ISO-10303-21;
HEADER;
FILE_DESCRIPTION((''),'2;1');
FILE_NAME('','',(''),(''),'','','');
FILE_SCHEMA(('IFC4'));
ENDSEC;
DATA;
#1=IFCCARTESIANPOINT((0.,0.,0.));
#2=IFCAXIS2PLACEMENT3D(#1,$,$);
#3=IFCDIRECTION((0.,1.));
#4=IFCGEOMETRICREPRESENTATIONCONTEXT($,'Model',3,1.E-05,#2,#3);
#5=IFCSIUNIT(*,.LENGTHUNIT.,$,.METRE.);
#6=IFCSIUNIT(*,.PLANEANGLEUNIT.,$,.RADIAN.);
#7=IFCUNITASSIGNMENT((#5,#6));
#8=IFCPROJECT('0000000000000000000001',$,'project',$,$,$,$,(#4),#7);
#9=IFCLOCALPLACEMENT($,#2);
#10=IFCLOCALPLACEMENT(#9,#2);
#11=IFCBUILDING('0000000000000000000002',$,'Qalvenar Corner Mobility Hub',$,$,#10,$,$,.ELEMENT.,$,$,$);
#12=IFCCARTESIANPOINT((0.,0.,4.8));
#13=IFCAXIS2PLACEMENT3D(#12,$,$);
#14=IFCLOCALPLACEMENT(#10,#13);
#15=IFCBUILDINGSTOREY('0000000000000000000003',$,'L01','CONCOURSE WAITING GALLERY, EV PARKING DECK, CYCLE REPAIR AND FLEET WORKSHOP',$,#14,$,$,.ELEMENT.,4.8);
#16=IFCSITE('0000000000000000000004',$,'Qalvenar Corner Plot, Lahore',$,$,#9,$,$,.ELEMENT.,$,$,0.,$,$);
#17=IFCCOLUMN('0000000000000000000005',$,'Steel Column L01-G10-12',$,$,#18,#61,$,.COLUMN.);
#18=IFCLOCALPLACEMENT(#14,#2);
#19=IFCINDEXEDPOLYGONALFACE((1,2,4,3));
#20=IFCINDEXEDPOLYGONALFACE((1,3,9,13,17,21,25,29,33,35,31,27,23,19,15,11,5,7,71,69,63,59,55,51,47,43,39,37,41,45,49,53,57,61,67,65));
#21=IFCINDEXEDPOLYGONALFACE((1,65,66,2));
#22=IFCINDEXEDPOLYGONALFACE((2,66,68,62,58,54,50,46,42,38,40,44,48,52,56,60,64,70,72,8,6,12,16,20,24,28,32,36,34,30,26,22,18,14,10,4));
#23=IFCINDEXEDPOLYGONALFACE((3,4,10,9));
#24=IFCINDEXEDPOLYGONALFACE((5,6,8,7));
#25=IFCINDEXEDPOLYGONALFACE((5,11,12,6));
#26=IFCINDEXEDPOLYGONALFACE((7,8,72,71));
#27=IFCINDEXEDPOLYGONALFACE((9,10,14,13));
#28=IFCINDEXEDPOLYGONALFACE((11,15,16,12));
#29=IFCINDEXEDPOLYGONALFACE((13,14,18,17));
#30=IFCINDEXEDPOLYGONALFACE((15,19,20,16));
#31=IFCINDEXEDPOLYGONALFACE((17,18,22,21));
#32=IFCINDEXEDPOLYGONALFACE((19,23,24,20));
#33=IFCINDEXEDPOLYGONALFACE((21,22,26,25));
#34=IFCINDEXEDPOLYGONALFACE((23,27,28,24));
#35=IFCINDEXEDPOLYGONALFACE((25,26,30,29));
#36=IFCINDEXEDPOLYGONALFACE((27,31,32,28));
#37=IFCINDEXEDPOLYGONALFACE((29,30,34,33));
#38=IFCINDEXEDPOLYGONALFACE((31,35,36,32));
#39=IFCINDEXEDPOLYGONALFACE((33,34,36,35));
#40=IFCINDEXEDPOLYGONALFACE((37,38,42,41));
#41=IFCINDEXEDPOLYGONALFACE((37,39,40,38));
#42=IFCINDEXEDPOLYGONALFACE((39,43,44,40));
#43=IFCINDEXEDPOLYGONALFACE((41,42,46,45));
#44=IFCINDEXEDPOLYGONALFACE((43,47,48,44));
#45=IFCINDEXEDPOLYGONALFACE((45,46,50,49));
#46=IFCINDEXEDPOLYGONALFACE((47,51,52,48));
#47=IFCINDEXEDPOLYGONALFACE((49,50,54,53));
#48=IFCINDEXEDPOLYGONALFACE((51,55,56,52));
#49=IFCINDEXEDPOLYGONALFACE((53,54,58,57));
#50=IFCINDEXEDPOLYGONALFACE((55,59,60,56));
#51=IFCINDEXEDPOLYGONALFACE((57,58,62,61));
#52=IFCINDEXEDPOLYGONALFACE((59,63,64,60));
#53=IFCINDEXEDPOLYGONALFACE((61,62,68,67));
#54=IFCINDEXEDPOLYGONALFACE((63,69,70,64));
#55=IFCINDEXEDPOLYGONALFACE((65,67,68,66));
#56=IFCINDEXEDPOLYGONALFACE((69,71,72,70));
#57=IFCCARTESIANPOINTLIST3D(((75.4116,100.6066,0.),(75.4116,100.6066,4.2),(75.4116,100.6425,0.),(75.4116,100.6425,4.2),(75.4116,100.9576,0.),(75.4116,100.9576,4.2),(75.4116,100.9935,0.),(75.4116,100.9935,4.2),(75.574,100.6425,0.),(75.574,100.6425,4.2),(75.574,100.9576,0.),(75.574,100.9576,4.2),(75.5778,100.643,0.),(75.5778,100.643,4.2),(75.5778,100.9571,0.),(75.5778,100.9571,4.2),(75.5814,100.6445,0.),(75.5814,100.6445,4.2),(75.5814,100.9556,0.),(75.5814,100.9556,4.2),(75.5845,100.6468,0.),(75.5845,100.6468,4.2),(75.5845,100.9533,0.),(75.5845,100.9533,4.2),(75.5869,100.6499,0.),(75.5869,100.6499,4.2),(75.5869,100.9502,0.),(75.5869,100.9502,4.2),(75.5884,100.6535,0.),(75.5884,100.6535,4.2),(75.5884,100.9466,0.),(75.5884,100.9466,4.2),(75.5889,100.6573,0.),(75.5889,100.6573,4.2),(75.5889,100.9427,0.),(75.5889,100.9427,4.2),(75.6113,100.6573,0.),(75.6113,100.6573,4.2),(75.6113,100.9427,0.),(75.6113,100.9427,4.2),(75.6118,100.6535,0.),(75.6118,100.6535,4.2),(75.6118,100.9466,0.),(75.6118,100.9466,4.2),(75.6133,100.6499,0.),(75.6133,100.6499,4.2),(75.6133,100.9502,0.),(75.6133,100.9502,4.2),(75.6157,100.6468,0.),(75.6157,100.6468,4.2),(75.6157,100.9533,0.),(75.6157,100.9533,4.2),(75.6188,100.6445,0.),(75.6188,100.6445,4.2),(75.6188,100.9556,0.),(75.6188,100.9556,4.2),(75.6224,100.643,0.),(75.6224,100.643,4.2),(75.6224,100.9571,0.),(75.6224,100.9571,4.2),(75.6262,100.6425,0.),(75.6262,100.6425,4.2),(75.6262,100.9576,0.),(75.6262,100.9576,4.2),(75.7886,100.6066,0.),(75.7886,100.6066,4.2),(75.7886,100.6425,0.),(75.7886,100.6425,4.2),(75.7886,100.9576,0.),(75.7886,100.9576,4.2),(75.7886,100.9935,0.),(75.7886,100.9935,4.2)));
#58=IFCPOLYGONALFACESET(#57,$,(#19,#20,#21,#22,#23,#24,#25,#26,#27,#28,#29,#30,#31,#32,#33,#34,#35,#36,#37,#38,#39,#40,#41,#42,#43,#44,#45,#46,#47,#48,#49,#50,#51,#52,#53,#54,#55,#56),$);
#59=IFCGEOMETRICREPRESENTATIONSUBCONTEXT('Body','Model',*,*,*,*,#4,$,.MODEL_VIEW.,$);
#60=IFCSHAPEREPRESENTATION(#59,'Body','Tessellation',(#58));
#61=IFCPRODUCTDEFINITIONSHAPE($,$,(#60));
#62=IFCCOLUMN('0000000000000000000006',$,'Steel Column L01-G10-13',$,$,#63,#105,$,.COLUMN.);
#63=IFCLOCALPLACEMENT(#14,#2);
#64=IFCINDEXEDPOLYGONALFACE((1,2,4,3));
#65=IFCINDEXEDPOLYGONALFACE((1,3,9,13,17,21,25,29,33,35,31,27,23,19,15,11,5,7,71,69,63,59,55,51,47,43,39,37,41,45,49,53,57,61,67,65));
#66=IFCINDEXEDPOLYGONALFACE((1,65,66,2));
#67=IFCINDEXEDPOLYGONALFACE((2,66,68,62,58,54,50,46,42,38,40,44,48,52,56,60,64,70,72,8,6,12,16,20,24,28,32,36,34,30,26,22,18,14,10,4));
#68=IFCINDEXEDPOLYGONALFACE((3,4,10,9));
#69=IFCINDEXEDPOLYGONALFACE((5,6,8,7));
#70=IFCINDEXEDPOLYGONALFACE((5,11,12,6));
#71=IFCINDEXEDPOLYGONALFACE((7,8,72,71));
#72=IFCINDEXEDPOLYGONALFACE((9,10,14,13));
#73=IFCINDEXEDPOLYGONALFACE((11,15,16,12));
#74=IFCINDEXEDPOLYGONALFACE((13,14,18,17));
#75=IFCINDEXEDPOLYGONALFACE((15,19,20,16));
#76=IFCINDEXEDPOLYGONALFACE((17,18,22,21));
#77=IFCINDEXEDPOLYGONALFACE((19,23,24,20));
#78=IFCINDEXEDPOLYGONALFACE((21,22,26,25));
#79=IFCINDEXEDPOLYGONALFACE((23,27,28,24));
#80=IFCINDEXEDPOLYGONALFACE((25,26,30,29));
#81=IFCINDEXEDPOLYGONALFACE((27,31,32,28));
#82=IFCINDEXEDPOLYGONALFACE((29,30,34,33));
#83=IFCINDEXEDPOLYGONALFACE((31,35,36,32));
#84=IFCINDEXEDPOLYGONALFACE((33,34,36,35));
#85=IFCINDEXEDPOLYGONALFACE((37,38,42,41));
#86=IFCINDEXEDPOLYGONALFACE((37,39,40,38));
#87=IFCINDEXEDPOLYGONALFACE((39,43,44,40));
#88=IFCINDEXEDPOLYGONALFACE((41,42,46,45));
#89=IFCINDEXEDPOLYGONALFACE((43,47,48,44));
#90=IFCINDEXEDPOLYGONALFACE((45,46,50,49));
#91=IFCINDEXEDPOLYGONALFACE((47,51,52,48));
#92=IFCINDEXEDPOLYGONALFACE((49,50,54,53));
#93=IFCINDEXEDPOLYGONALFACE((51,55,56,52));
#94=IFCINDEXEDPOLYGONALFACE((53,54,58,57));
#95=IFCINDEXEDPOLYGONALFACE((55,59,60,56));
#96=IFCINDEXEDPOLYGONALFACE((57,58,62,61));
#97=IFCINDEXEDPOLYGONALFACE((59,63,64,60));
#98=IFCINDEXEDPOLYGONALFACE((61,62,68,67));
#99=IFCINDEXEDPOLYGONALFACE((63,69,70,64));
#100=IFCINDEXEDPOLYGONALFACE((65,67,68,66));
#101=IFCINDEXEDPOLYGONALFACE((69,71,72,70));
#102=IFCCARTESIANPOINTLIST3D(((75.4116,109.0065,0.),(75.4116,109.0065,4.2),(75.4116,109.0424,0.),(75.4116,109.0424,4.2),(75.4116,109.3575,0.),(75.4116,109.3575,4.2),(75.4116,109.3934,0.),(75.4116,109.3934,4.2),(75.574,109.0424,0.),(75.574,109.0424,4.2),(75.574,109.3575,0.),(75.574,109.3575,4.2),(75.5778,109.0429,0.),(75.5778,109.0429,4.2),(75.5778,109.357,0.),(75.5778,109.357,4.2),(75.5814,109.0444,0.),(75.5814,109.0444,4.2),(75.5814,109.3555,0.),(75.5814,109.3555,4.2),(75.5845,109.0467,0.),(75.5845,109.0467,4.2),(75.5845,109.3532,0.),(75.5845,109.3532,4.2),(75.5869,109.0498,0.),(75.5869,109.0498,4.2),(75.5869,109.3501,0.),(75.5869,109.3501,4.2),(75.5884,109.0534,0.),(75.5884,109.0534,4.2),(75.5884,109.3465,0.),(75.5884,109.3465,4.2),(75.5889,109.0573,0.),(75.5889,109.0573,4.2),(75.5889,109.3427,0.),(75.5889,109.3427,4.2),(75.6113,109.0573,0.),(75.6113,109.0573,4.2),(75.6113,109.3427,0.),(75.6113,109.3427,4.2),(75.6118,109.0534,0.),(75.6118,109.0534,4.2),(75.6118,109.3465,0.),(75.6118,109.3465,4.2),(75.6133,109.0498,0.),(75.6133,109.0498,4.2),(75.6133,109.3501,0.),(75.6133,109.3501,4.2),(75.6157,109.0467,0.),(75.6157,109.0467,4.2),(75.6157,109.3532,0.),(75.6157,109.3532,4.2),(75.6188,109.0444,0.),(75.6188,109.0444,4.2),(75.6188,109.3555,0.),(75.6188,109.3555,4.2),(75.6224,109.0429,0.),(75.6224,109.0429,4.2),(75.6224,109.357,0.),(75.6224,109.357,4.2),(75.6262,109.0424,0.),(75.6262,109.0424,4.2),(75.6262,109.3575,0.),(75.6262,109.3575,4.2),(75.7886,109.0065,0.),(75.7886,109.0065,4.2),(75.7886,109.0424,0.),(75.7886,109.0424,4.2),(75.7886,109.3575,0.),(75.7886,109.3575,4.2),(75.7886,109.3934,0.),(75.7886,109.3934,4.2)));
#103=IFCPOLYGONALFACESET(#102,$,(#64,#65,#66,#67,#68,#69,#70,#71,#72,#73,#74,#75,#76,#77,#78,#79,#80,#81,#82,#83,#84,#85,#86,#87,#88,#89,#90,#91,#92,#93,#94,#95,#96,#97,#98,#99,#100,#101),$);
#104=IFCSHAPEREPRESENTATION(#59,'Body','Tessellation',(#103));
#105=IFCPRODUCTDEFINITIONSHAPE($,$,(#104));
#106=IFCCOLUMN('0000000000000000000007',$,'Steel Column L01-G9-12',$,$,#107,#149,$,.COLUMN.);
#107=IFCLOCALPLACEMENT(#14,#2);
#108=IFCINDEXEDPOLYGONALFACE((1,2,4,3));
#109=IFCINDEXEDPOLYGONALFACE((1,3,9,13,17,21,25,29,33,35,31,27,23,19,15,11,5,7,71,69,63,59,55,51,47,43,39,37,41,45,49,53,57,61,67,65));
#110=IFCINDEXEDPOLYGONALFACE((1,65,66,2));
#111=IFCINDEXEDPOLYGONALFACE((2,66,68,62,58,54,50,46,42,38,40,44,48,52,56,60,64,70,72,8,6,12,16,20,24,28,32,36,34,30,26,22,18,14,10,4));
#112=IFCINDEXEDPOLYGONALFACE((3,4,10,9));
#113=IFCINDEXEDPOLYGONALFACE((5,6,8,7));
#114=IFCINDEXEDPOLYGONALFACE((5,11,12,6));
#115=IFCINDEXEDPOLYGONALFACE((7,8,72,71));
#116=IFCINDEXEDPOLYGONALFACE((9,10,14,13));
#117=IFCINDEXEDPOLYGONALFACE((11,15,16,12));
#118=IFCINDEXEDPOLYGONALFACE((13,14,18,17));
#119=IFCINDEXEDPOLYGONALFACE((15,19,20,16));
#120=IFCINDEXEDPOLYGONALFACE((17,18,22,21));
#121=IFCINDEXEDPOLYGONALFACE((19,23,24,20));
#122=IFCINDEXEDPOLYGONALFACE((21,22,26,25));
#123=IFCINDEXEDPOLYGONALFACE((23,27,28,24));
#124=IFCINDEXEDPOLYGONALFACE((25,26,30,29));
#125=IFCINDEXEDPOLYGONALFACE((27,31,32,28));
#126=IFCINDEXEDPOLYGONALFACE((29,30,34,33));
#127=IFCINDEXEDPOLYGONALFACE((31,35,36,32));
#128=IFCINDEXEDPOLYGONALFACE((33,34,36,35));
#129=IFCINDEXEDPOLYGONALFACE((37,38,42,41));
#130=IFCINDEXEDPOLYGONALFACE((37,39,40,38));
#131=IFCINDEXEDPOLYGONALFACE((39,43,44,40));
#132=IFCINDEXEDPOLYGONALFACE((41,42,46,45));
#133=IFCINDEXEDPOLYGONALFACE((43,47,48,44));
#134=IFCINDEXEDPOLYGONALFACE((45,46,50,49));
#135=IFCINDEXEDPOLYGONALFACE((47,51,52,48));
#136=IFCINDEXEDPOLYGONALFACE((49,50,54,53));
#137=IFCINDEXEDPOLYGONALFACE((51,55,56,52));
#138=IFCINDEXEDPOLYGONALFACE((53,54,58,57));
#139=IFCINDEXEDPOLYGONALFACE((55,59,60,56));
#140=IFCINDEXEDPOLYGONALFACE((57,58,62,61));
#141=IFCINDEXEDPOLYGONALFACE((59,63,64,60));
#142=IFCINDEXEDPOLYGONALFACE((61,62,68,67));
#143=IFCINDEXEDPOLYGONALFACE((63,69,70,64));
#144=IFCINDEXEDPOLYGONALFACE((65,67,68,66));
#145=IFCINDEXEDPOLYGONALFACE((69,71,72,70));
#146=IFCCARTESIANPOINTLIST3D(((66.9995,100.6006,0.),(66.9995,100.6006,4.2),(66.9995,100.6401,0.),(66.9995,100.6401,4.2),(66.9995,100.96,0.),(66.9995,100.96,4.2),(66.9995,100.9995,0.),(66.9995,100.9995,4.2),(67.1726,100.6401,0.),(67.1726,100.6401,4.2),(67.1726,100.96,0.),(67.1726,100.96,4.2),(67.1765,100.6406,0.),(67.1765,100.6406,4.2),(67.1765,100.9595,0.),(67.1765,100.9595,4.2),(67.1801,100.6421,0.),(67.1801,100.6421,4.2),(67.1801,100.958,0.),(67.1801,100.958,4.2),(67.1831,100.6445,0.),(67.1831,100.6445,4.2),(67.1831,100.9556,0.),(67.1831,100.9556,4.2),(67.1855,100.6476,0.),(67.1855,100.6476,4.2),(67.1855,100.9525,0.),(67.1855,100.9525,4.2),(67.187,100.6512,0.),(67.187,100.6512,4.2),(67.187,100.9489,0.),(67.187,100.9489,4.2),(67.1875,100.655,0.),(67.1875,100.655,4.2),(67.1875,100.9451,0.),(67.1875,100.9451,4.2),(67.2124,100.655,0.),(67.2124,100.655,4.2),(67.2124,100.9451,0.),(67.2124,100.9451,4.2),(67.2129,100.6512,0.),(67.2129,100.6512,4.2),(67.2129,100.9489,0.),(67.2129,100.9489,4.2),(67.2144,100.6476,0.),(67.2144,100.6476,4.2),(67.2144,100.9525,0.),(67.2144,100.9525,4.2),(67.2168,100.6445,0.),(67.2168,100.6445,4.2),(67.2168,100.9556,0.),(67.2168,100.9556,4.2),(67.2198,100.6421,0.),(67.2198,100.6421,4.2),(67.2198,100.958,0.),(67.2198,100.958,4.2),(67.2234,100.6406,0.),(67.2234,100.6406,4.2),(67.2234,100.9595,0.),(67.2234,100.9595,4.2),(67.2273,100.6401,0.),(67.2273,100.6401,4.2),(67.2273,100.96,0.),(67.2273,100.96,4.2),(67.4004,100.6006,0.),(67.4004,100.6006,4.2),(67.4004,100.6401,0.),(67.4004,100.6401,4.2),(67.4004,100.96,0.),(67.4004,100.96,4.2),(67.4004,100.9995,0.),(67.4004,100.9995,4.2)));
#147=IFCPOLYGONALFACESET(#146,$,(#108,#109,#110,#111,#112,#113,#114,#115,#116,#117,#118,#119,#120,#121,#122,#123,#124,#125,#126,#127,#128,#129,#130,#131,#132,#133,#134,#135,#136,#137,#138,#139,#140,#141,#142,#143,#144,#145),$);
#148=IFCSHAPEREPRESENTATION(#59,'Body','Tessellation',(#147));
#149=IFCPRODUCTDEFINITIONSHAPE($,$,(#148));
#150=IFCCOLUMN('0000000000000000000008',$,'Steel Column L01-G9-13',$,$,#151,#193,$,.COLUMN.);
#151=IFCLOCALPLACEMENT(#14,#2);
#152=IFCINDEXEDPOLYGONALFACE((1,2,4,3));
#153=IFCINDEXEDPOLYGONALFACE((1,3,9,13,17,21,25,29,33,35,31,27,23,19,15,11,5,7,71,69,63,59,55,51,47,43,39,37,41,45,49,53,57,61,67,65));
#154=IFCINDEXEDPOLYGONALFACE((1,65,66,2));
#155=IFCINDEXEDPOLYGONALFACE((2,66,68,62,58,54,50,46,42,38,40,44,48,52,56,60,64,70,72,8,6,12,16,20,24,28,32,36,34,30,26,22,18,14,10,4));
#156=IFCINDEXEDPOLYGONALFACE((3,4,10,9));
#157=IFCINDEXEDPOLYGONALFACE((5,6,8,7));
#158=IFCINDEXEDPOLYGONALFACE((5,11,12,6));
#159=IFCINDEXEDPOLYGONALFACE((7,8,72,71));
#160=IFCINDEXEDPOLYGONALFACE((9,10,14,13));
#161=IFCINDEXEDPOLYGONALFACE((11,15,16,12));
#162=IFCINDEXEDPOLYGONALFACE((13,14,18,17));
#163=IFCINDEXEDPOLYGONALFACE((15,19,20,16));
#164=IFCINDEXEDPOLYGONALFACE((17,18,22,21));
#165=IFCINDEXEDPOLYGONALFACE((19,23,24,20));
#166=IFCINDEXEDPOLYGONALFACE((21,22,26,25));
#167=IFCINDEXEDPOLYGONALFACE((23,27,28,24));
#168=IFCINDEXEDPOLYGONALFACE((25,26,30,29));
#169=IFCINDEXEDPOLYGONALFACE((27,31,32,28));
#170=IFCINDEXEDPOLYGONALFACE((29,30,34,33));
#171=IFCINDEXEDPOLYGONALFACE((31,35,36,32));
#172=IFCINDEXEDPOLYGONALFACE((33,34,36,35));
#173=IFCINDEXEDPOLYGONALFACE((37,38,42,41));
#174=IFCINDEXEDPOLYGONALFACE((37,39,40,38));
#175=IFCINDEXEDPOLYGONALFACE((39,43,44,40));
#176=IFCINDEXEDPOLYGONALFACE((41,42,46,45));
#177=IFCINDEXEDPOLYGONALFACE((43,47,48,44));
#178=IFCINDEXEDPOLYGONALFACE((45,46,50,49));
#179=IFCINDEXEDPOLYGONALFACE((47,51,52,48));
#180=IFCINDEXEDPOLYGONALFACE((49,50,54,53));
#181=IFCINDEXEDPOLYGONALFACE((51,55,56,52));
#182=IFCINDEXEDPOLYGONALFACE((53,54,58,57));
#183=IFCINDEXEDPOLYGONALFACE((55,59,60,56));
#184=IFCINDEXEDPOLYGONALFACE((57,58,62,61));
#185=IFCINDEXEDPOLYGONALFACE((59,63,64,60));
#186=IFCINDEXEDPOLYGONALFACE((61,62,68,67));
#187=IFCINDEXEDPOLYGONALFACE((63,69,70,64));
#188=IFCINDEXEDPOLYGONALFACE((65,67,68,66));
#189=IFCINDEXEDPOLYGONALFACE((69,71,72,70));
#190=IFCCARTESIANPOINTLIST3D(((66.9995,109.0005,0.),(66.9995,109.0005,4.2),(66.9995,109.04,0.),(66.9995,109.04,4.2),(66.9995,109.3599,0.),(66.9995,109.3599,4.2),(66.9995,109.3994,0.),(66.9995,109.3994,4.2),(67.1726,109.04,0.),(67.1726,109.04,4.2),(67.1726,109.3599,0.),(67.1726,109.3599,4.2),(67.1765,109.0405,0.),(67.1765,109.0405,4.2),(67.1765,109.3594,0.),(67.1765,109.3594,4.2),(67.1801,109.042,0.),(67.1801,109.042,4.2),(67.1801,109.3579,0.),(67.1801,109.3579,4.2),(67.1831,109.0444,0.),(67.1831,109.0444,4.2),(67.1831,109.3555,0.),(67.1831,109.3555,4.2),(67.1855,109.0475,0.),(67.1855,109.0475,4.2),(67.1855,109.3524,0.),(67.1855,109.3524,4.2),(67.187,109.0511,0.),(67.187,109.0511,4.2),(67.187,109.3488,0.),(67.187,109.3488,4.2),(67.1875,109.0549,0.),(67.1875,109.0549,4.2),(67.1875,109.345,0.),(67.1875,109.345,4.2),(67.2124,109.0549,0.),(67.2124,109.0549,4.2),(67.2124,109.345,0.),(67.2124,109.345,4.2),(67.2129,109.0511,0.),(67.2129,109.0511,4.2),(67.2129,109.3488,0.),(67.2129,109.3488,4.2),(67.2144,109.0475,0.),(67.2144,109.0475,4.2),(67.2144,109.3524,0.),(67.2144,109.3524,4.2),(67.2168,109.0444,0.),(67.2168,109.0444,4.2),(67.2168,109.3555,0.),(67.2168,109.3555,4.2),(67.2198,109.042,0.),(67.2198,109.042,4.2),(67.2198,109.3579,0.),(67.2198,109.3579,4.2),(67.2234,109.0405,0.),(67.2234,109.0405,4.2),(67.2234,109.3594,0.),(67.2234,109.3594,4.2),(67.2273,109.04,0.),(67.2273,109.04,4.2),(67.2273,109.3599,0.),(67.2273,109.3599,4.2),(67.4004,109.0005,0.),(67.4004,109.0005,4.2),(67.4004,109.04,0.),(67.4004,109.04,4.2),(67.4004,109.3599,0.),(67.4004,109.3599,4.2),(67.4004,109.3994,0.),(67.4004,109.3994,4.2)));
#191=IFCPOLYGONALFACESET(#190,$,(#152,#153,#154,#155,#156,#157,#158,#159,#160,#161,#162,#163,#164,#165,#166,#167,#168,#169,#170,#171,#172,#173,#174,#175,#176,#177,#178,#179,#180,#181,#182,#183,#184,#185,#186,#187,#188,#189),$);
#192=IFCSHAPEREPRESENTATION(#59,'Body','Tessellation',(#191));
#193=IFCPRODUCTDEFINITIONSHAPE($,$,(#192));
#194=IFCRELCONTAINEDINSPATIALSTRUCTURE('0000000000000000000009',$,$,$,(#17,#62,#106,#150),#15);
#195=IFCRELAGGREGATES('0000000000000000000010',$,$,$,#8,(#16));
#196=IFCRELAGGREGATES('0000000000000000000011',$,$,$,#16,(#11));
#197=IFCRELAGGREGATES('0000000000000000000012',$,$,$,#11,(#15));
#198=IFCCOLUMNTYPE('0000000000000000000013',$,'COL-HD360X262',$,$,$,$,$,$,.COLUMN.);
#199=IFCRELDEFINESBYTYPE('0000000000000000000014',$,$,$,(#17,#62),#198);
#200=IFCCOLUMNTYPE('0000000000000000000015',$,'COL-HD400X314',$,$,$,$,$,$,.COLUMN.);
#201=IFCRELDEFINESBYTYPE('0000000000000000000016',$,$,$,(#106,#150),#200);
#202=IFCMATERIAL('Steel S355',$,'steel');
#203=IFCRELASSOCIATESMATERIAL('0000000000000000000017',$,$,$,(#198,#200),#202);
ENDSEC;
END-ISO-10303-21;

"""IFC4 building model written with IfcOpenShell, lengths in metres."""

from ifc_helpers import new_model, si_unit, direction, frame, origin, origin_2d, place, context, subcontext, project, spatial, i_section, extrude, material, material_profile, profile_set, type_object, element, save


model = new_model("IFC4")

# Units and contexts
model_context = context("Model", 3, precision=1e-05, world=origin(), true_north=direction((0.0, 1.0)))
body_context = subcontext(model_context, "Body", "Model", "MODEL_VIEW")
ifc_project = project(units=[si_unit("LENGTHUNIT", "METRE"), si_unit("PLANEANGLEUNIT", "RADIAN")], contexts=[model_context])

# Site, building, storey
site_placement = place(None, origin())
site = spatial("IfcSite", under=ifc_project, at=site_placement, Name="Qalvenar Corner Plot, Lahore", CompositionType="ELEMENT", RefElevation=0.0)
building_placement = place(site_placement, origin())
building = spatial("IfcBuilding", under=site, at=building_placement, Name="Qalvenar Corner Mobility Hub", CompositionType="ELEMENT")
storey_placement = place(building_placement, frame((0.0, 0.0, 4.8)))
storey = spatial("IfcBuildingStorey", under=building, at=storey_placement, Name="L01", Description="CONCOURSE WAITING GALLERY, EV PARKING DECK, CYCLE REPAIR AND FLEET WORKSHOP", CompositionType="ELEMENT", Elevation=4.8)

# Columns
ifc_material_1 = material(Name="Steel S355", Category="steel")
ifc_material_profile_1 = material_profile(ifc_material_1, i_section(OverallWidth=0.377, OverallDepth=0.387, WebThickness=0.0225, FlangeThickness=0.0359, FilletRadius=0.0149, at=origin_2d()), Name="HD360x262")
ifc_profile_set_1 = profile_set([ifc_material_profile_1], Name="Steel S355")
column_type_1 = type_object("IfcColumnType", Name="COL-HD360X262", PredefinedType="COLUMN", material=ifc_profile_set_1)
for number, where, z_axis, x_axis, name in (
    (1, (75.6001, 100.8, 0.0), (0.0, 0.0, 1.0), (1.0, 0.0, 0.0), "Steel Column L01-G10-12"),
    (2, (75.6001, 109.2, 0.0), (0.0, 0.0, 1.0), (1.0, 0.0, 0.0), "Steel Column L01-G10-13"),
):
    element("IfcColumn", number, at=place(storey_placement, frame(where, z_axis=z_axis, x_axis=x_axis)), inside=storey, type_object=column_type_1, Name=name, PredefinedType="COLUMN", context=body_context, shape_type="SweptSolid", body=[
        extrude(i_section(OverallWidth=0.377, OverallDepth=0.387, WebThickness=0.0225, FlangeThickness=0.0359, FilletRadius=0.0149, at=origin_2d()), origin(), (0.0, 0.0, 1.0), 4.2),
    ])
ifc_material_profile_2 = material_profile(ifc_material_1, i_section(OverallWidth=0.4009, OverallDepth=0.3989, WebThickness=0.0249, FlangeThickness=0.0396, FilletRadius=0.0149, at=origin_2d()), Name="HD400x314")
ifc_profile_set_2 = profile_set([ifc_material_profile_2], Name="Steel S355")
column_type_2 = type_object("IfcColumnType", Name="COL-HD400X314", PredefinedType="COLUMN", material=ifc_profile_set_2)
for number, where, z_axis, x_axis, name in (
    (3, (67.2, 100.8, 0.0), (0.0, 0.0, 1.0), (1.0, 0.0, 0.0), "Steel Column L01-G9-12"),
    (4, (67.2, 109.2, 0.0), (0.0, 0.0, 1.0), (1.0, 0.0, 0.0), "Steel Column L01-G9-13"),
):
    element("IfcColumn", number, at=place(storey_placement, frame(where, z_axis=z_axis, x_axis=x_axis)), inside=storey, type_object=column_type_2, Name=name, PredefinedType="COLUMN", context=body_context, shape_type="SweptSolid", body=[
        extrude(i_section(OverallWidth=0.4009, OverallDepth=0.3989, WebThickness=0.0249, FlangeThickness=0.0396, FilletRadius=0.0149, at=origin_2d()), origin(), (0.0, 0.0, 1.0), 4.2),
    ])

save(model, "model.ifc")
